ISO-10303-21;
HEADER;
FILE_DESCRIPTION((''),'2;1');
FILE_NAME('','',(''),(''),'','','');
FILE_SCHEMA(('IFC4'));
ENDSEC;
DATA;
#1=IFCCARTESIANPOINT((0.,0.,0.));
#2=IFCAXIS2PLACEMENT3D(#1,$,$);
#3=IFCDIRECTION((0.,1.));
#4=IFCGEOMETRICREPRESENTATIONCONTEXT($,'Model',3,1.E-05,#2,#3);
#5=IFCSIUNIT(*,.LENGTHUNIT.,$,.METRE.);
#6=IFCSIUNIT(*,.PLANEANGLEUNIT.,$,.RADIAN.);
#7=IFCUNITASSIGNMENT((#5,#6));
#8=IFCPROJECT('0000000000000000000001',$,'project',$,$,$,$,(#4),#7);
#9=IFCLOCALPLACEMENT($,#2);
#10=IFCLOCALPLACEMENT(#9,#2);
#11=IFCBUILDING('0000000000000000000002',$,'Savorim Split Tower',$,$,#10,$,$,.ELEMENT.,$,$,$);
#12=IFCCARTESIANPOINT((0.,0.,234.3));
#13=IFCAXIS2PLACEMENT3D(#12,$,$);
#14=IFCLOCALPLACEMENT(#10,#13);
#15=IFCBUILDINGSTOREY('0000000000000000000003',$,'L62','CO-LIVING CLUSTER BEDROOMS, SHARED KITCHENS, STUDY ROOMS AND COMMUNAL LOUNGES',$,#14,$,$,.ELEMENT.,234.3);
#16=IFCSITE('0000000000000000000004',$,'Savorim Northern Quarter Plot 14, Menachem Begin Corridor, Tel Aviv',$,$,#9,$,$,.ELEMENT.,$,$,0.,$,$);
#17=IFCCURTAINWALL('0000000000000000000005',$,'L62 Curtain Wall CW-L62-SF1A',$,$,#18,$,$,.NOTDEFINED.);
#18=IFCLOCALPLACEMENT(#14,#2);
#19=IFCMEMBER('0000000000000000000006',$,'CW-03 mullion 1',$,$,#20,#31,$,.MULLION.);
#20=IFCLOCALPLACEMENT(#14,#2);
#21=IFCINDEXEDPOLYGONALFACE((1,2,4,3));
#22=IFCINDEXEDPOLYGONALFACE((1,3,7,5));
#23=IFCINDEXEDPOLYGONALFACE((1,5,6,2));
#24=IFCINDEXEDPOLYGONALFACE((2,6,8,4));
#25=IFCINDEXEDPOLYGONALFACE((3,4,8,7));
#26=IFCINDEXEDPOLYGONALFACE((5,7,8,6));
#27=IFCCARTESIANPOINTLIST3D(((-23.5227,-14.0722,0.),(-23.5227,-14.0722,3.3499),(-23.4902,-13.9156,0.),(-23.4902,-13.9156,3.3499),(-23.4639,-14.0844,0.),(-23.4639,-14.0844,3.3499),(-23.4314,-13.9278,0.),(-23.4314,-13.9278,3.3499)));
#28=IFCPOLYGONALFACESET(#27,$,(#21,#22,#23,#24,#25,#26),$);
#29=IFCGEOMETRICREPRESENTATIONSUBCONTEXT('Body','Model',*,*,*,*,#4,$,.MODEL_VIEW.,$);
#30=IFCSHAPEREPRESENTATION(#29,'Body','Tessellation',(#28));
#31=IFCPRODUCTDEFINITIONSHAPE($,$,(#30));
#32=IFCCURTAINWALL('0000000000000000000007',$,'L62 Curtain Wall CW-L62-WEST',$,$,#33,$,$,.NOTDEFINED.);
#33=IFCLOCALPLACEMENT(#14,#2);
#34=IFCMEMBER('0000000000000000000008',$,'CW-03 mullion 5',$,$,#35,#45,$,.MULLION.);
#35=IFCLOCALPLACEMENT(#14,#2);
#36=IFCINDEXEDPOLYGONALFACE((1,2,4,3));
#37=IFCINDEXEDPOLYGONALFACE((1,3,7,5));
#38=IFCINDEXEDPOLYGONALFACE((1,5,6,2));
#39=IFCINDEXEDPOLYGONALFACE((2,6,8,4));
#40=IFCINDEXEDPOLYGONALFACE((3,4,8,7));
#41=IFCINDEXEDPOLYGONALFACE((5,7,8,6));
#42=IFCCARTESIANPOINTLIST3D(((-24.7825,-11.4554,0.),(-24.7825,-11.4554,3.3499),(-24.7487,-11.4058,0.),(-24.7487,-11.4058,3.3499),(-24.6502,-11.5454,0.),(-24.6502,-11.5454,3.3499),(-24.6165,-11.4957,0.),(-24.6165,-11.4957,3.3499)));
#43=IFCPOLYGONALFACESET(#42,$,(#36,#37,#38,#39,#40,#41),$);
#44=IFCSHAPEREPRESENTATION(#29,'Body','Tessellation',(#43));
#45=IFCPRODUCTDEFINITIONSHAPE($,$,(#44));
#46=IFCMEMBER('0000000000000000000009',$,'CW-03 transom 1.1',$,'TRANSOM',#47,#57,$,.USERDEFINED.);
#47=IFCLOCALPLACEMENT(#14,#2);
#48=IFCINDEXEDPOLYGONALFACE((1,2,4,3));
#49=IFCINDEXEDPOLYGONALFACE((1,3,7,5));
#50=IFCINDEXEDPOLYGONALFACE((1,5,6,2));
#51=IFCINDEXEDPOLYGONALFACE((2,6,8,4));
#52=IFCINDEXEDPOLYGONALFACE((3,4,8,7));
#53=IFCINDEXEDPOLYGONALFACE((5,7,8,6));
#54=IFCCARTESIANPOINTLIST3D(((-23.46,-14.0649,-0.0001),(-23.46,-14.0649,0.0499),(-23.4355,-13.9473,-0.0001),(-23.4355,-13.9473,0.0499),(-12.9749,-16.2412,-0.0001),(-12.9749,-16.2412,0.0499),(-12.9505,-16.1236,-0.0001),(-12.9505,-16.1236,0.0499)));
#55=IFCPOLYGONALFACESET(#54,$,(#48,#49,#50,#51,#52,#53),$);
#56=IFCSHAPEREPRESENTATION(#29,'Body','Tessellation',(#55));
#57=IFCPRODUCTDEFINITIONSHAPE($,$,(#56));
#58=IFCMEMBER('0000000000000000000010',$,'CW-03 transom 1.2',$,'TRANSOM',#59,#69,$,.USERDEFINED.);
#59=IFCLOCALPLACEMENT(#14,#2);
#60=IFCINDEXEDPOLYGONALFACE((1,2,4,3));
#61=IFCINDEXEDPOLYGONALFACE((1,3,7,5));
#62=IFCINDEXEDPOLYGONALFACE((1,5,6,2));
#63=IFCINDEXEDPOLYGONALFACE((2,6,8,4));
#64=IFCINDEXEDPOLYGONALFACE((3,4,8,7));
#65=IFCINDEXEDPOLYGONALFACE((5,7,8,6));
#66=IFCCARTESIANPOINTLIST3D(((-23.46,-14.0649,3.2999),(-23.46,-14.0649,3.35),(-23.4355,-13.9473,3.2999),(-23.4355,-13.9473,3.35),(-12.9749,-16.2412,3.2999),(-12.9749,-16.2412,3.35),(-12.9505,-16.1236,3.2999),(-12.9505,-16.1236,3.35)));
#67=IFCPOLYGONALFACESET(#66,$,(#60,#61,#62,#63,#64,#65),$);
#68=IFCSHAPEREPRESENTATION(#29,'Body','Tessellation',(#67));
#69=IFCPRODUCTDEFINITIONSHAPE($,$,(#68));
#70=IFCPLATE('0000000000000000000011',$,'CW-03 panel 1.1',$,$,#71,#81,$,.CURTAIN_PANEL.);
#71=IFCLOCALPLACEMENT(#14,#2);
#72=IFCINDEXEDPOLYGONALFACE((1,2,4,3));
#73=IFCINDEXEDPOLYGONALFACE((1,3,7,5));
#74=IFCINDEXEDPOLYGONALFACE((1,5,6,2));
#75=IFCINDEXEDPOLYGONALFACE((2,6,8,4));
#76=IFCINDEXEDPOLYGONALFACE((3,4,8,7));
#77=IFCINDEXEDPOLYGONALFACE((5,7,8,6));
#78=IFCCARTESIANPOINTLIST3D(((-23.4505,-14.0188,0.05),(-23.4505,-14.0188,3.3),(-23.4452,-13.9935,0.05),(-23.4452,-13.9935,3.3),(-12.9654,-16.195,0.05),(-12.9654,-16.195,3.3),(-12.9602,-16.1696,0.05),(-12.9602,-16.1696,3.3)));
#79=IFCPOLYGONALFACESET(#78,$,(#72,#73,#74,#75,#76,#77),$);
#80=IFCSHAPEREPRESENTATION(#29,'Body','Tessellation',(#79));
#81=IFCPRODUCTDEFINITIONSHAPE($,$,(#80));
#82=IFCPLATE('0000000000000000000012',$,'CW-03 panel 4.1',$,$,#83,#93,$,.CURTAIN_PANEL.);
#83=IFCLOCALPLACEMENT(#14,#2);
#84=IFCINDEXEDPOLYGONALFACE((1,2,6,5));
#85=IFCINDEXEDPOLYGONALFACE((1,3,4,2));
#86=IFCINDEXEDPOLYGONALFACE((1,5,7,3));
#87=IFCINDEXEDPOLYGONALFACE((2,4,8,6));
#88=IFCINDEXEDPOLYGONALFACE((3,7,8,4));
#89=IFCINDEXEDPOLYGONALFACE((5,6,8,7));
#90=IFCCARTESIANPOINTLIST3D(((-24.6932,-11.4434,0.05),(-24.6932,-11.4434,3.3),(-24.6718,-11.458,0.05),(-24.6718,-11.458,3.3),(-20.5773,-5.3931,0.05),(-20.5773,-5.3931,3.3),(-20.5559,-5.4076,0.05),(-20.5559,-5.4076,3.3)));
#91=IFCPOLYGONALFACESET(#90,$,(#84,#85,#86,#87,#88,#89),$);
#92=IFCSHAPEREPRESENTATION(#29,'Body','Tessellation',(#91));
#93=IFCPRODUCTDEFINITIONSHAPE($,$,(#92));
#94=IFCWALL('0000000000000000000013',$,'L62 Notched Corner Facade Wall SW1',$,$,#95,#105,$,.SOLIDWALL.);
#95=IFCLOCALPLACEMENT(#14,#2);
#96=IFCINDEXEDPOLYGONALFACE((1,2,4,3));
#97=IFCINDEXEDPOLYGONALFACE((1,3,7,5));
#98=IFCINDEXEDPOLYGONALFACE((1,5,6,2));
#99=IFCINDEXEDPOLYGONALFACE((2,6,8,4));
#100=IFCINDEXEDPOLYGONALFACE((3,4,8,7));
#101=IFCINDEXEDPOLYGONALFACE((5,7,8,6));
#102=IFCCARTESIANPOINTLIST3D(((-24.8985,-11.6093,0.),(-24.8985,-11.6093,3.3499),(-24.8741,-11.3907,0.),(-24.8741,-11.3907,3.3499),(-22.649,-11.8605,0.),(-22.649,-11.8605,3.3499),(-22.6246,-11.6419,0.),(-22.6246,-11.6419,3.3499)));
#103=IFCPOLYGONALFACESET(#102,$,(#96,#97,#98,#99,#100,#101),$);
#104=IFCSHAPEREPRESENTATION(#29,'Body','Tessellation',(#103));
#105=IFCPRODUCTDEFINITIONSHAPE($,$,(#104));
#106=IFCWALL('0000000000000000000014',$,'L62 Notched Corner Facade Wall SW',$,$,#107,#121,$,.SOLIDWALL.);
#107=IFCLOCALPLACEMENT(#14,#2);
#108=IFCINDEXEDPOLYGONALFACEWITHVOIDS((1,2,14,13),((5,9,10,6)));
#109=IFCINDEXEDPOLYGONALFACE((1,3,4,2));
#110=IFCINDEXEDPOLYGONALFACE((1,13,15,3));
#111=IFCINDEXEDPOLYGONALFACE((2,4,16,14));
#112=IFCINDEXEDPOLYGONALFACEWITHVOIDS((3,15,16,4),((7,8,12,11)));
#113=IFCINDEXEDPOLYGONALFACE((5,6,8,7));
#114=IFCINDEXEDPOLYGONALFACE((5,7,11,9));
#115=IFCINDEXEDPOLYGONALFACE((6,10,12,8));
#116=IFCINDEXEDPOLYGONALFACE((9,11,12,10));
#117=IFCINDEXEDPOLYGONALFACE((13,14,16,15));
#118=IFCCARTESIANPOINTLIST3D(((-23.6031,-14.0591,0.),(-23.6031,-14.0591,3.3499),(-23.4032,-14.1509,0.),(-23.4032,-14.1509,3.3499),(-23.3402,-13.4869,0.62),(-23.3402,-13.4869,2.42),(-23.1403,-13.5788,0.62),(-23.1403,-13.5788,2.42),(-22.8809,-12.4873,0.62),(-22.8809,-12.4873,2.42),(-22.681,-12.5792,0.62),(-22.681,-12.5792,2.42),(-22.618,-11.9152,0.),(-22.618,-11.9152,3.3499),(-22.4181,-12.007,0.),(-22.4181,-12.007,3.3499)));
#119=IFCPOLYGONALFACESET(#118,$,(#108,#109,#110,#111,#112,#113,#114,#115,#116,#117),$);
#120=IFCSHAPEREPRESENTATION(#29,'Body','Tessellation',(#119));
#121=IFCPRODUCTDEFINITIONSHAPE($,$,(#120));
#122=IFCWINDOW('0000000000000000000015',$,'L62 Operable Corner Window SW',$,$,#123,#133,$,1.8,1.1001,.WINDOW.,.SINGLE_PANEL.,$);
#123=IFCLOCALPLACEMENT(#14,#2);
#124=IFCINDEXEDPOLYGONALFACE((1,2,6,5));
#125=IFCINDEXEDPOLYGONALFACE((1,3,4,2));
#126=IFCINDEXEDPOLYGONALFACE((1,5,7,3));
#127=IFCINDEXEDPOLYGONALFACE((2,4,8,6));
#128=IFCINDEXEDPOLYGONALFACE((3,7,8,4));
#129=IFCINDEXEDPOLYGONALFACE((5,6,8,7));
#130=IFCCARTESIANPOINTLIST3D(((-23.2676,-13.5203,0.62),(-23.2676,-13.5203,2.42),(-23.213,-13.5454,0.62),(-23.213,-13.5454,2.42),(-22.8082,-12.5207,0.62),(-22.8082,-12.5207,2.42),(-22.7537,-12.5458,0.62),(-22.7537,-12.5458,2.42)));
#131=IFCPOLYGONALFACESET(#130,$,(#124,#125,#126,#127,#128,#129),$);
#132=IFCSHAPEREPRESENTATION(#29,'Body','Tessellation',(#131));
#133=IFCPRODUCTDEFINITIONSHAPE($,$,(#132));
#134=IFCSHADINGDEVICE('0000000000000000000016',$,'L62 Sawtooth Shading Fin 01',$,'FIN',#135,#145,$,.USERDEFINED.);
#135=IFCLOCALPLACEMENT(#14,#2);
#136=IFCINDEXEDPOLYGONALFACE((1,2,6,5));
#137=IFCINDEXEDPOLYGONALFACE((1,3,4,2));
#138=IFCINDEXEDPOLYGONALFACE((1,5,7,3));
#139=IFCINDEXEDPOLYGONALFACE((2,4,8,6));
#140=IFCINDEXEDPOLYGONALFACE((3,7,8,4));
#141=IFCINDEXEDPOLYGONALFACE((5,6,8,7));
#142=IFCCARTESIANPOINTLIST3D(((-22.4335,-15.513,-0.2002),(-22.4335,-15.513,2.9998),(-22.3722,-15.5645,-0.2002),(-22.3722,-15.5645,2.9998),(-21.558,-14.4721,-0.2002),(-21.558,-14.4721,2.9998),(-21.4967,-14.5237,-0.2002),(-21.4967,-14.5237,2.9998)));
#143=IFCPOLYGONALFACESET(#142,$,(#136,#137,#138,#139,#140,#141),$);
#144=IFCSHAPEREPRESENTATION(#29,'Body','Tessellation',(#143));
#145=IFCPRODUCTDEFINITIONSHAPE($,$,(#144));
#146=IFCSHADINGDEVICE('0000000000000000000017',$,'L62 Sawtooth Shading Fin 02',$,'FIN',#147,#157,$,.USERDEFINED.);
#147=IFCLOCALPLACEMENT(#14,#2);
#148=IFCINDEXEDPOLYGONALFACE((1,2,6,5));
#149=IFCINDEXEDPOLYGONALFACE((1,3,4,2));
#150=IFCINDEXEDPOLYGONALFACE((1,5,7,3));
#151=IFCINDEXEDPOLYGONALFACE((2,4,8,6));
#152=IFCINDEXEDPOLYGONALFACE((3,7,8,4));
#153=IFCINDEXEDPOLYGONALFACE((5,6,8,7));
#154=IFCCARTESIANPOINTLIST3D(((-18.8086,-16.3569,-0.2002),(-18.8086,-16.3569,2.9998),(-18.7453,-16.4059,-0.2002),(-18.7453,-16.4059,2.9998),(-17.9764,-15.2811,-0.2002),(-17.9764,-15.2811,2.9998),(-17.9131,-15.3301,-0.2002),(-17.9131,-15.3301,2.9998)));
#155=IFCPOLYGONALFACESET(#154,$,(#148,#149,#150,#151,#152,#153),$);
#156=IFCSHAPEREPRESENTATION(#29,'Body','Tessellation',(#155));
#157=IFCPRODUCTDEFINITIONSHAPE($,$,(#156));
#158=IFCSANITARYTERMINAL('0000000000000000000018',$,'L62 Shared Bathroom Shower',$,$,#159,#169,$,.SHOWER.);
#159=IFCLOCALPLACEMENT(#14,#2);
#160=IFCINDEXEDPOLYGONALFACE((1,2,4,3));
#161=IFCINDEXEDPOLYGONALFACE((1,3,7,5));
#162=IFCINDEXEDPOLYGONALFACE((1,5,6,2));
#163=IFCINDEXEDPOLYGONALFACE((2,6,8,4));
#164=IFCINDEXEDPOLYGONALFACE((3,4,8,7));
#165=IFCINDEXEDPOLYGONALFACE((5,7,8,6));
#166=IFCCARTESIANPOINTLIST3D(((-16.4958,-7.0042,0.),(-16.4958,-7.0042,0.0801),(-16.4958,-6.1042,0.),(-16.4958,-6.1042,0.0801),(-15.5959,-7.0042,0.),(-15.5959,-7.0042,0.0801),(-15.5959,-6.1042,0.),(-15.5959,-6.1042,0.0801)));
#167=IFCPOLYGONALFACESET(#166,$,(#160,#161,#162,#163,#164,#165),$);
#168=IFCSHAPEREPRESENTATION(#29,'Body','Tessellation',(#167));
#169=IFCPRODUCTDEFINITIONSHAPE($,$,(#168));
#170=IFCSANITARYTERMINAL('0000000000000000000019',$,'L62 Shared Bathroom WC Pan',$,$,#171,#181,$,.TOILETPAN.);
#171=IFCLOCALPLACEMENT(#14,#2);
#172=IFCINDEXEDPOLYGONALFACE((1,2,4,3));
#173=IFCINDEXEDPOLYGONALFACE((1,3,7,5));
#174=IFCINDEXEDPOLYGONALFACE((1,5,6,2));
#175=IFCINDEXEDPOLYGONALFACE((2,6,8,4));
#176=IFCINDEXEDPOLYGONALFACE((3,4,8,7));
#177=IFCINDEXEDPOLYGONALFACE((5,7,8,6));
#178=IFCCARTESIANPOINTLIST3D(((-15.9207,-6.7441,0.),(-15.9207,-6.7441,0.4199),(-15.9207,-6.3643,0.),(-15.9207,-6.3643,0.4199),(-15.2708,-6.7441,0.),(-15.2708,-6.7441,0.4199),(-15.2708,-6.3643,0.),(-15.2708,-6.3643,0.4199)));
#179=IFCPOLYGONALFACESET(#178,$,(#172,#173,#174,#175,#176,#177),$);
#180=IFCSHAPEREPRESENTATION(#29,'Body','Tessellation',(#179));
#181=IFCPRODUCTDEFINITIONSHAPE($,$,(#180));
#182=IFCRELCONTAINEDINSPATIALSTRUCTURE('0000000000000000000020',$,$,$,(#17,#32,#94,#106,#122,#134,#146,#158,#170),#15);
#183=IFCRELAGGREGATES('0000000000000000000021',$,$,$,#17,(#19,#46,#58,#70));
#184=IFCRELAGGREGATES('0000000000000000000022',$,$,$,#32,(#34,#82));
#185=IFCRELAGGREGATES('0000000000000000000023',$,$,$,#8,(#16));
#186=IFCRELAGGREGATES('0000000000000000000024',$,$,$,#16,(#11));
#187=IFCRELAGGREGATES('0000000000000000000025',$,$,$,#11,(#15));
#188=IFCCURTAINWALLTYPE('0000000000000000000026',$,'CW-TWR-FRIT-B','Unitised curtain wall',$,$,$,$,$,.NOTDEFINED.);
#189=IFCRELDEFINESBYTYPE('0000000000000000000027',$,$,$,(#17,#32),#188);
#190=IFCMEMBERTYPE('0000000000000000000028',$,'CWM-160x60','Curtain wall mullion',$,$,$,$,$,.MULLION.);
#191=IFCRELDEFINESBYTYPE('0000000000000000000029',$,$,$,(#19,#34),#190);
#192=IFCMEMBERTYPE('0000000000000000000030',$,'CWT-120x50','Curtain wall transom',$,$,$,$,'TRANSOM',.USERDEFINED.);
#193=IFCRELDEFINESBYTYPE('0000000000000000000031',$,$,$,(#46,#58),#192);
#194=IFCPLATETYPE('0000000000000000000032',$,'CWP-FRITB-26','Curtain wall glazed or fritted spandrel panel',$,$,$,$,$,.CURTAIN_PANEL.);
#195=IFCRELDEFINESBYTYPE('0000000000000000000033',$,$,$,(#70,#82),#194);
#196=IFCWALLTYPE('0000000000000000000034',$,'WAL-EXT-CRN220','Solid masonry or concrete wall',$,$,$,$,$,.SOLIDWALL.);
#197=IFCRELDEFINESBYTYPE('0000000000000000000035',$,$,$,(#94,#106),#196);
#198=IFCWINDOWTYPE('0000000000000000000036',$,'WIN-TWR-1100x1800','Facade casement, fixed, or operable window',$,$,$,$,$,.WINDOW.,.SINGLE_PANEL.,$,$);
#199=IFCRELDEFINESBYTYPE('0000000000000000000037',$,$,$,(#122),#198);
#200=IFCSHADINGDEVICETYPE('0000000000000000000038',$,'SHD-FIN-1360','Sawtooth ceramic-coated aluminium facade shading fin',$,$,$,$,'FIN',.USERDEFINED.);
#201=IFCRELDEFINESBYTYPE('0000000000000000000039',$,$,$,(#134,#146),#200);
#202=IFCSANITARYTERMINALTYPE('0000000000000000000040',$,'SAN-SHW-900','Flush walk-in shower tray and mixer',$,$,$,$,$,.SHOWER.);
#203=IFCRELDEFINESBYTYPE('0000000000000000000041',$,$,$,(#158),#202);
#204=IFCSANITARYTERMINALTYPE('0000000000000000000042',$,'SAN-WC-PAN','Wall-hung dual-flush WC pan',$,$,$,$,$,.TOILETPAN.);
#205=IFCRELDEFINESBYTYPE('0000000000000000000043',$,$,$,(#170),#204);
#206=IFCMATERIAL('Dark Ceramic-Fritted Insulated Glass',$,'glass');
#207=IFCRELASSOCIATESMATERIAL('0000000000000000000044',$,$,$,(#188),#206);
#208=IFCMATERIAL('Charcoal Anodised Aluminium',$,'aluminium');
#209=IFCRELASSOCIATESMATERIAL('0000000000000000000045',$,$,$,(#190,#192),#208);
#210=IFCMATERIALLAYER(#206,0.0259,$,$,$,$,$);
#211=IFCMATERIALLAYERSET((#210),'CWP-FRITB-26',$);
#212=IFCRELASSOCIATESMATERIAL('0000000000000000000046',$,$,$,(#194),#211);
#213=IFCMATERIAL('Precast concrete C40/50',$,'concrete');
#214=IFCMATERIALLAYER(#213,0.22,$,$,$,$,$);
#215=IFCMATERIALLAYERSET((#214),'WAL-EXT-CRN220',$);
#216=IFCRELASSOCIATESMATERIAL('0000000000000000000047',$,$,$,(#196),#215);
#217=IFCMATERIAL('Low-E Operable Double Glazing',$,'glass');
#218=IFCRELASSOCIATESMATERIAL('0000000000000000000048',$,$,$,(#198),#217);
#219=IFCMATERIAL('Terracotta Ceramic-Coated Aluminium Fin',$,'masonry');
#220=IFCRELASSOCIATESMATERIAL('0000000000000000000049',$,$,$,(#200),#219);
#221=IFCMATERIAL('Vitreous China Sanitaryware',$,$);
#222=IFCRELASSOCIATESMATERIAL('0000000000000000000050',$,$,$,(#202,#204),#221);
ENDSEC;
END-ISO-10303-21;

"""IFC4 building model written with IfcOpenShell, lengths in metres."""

from ifc_helpers import new_model, si_unit, direction, frame, frame_2d, origin, origin_2d, place, context, subcontext, project, spatial, rectangle, extrude, material, layer, layer_set, material_profile, profile_set, type_object, element, fill, aggregate, save


model = new_model("IFC4")

# Units and contexts
model_context = context("Model", 3, precision=1e-05, world=origin(), true_north=direction((0.0, 1.0)))
body_context = subcontext(model_context, "Body", "Model", "MODEL_VIEW")
ifc_project = project(units=[si_unit("LENGTHUNIT", "METRE"), si_unit("PLANEANGLEUNIT", "RADIAN")], contexts=[model_context])

# Site, building, storey
site_placement = place(None, origin())
site = spatial("IfcSite", under=ifc_project, at=site_placement, Name="Savorim Northern Quarter Plot 14, Menachem Begin Corridor, Tel Aviv", CompositionType="ELEMENT", RefElevation=0.0)
building_placement = place(site_placement, origin())
building = spatial("IfcBuilding", under=site, at=building_placement, Name="Savorim Split Tower", CompositionType="ELEMENT")
storey_placement = place(building_placement, frame((0.0, 0.0, 234.3)))
storey = spatial("IfcBuildingStorey", under=building, at=storey_placement, Name="L62", Description="CO-LIVING CLUSTER BEDROOMS, SHARED KITCHENS, STUDY ROOMS AND COMMUNAL LOUNGES", CompositionType="ELEMENT", Elevation=234.3)

# Curtain walls, members
ifc_material_1 = material(Name="Dark Ceramic-Fritted Insulated Glass", Category="glass")
curtain_wall_type = type_object("IfcCurtainWallType", Name="CW-TWR-FRIT-B", Description="Unitised curtain wall", PredefinedType="NOTDEFINED", material=ifc_material_1)
curtain_wall_1_placement = place(storey_placement, origin())
curtain_wall_1 = element("IfcCurtainWall", 1, at=curtain_wall_1_placement, inside=storey, type_object=curtain_wall_type, Name="L62 Curtain Wall CW-L62-SF1A", PredefinedType="NOTDEFINED")
ifc_material_2 = material(Name="Charcoal Anodised Aluminium", Category="aluminium")
ifc_material_profile_1 = material_profile(ifc_material_2, rectangle(XDim=0.1599, YDim=0.0601, at=origin_2d()), Name="ALU-M 160x60")
ifc_profile_set_1 = profile_set([ifc_material_profile_1], Name="Charcoal Anodised Aluminium")
member_type_1 = type_object("IfcMemberType", Name="CWM-160x60", Description="Curtain wall mullion", PredefinedType="MULLION", material=ifc_profile_set_1)
member_1_placement = place(storey_placement, frame((-23.4771, -14.0, 0.0), z_axis=(0.0, 0.0, 1.0), x_axis=(0.203215, 0.979134, 0.0)))
member_1 = element("IfcMember", 2, at=member_1_placement, type_object=member_type_1, Name="CW-03 mullion 1", PredefinedType="MULLION", context=body_context, shape_type="SweptSolid", body=[
    extrude(rectangle(XDim=0.1599, YDim=0.0601, at=origin_2d()), origin(), (0.0, 0.0, 1.0), 3.3499),
])
curtain_wall_2_placement = place(storey_placement, origin())
curtain_wall_2 = element("IfcCurtainWall", 3, at=curtain_wall_2_placement, inside=storey, type_object=curtain_wall_type, Name="L62 Curtain Wall CW-L62-WEST", PredefinedType="NOTDEFINED")
member_2_placement = place(storey_placement, frame((-24.6995, -11.4756, 0.0), z_axis=(0.0, 0.0, 1.0), x_axis=(0.82682, -0.562467, 0.0)))
member_2 = element("IfcMember", 4, at=member_2_placement, type_object=member_type_1, Name="CW-03 mullion 5", PredefinedType="MULLION", context=body_context, shape_type="SweptSolid", body=[
    extrude(rectangle(XDim=0.1599, YDim=0.0601, at=origin_2d()), origin(), (0.0, 0.0, 1.0), 3.3499),
])

# Members
ifc_material_profile_2 = material_profile(ifc_material_2, rectangle(XDim=0.1201, YDim=0.05, at=origin_2d()), Name="ALU-T 120x50")
ifc_profile_set_2 = profile_set([ifc_material_profile_2], Name="Charcoal Anodised Aluminium")
member_type_2 = type_object("IfcMemberType", Name="CWT-120x50", Description="Curtain wall transom", ElementType="TRANSOM", PredefinedType="USERDEFINED", material=ifc_profile_set_2)
member_3_placement = place(storey_placement, frame((-23.4478, -14.0061, 0.0249), z_axis=(0.979132, -0.203227, 0.0), x_axis=(0.203227, 0.979132, 0.0)))
member_3 = element("IfcMember", 5, at=member_3_placement, type_object=member_type_2, Name="CW-03 transom 1.1", ObjectType="TRANSOM", PredefinedType="USERDEFINED", context=body_context, shape_type="SweptSolid", body=[
    extrude(rectangle(XDim=0.1201, YDim=0.05, at=origin_2d()), origin(), (0.0, 0.0, 1.0), 10.7085),
])
member_4_placement = place(storey_placement, frame((-23.4478, -14.0061, 3.325), z_axis=(0.979132, -0.203227, 0.0), x_axis=(0.203227, 0.979132, 0.0)))
member_4 = element("IfcMember", 6, at=member_4_placement, type_object=member_type_2, Name="CW-03 transom 1.2", ObjectType="TRANSOM", PredefinedType="USERDEFINED", context=body_context, shape_type="SweptSolid", body=[
    extrude(rectangle(XDim=0.1201, YDim=0.05, at=origin_2d()), origin(), (0.0, 0.0, 1.0), 10.7085),
])

# Plates
ifc_layer_1 = layer(ifc_material_1, 0.0259)
ifc_layer_set_1 = layer_set([ifc_layer_1], Name="CWP-FRITB-26")
plate_type = type_object("IfcPlateType", Name="CWP-FRITB-26", Description="Curtain wall glazed or fritted spandrel panel", PredefinedType="CURTAIN_PANEL", material=ifc_layer_set_1)
plate_1_placement = place(storey_placement, frame((-18.2053, -15.0942, 0.05), z_axis=(0.0, 0.0, 1.0), x_axis=(0.979134, -0.203215, 0.0)))
plate_1 = element("IfcPlate", 7, at=plate_1_placement, type_object=plate_type, Name="CW-03 panel 1.1", PredefinedType="CURTAIN_PANEL", context=body_context, shape_type="SweptSolid", body=[
    extrude(rectangle(XDim=10.7085, YDim=0.0259, at=origin_2d()), origin(), (0.0, 0.0, 1.0), 3.25),
])
aggregate(curtain_wall_1, [member_1, member_3, member_4, plate_1])
plate_2_placement = place(storey_placement, frame((-22.6245, -8.4255, 0.05), z_axis=(0.0, 0.0, 1.0), x_axis=(-0.562467, -0.82682, 0.0)))
plate_2 = element("IfcPlate", 8, at=plate_2_placement, type_object=plate_type, Name="CW-03 panel 4.1", PredefinedType="CURTAIN_PANEL", context=body_context, shape_type="SweptSolid", body=[
    extrude(rectangle(XDim=7.3176, YDim=0.0259, at=origin_2d()), origin(), (0.0, 0.0, 1.0), 3.25),
])
aggregate(curtain_wall_2, [member_2, plate_2])

# Wall
ifc_material_3 = material(Name="Precast concrete C40/50", Category="concrete")
ifc_layer_2 = layer(ifc_material_3, 0.22)
ifc_layer_set_2 = layer_set([ifc_layer_2], Name="WAL-EXT-CRN220")
wall_type = type_object("IfcWallType", Name="WAL-EXT-CRN220", Description="Solid masonry or concrete wall", PredefinedType="SOLIDWALL", material=ifc_layer_set_2)
wall_1_placement = place(storey_placement, frame((-22.6367, -11.7512, 0.0), z_axis=(0.0, 0.0, 1.0), x_axis=(-0.993822, 0.110988, 0.0)))
element("IfcWall", 9, at=wall_1_placement, inside=storey, type_object=wall_type, Name="L62 Notched Corner Facade Wall SW1", PredefinedType="SOLIDWALL", context=body_context, shape_type="SweptSolid", body=[
    extrude(rectangle(XDim=2.2634, YDim=0.22, at=frame_2d((1.1318, 0.0))), origin(), (0.0, 0.0, 1.0), 3.3499),
])

# Wall, opening, window
wall_2_placement = place(storey_placement, frame((-23.5032, -14.105, 0.0), z_axis=(0.0, 0.0, 1.0), x_axis=(0.417542, 0.908658, 0.0)))
wall_2 = element("IfcWall", 10, at=wall_2_placement, inside=storey, type_object=wall_type, Name="L62 Notched Corner Facade Wall SW", PredefinedType="SOLIDWALL", context=body_context, shape_type="SweptSolid", body=[
    extrude(rectangle(XDim=2.3594, YDim=0.22, at=frame_2d((1.1797, 0.0))), origin(), (0.0, 0.0, 1.0), 3.3499),
])
opening_placement = place(wall_2_placement, frame((0.6296, 0.0, 0.6201)))
opening = element("IfcOpeningElement", 11, at=opening_placement, cuts=wall_2, PredefinedType="OPENING", context=body_context, shape_type="SweptSolid", body=[
    extrude(rectangle(XDim=1.1001, YDim=1.8, at=frame_2d((0.55, 0.8999))), frame((0.0, 0.1199, 0.0), z_axis=(0.0, -1.0, 0.0), x_axis=(1.0, 0.0, 0.0)), (0.0, 0.0, 1.0), 0.24),
])
ifc_material_4 = material(Name="Low-E Operable Double Glazing", Category="glass")
window_type = type_object("IfcWindowType", Name="WIN-TWR-1100x1800", Description="Facade casement, fixed, or operable window", PartitioningType="SINGLE_PANEL", PredefinedType="WINDOW", material=ifc_material_4)
window_placement = place(opening_placement, origin())
window = element("IfcWindow", 12, at=window_placement, inside=storey, type_object=window_type, Name="L62 Operable Corner Window SW", OverallHeight=1.8, OverallWidth=1.1001, PartitioningType="SINGLE_PANEL", PredefinedType="WINDOW", context=body_context, shape_type="SweptSolid", body=[
    extrude(rectangle(XDim=1.1001, YDim=1.8, at=frame_2d((0.55, 0.8999))), frame((0.0, 0.03, 0.0), z_axis=(0.0, -1.0, 0.0), x_axis=(1.0, 0.0, 0.0)), (0.0, 0.0, 1.0), 0.0601),
])
fill(opening, window)

# Shading devices
ifc_material_5 = material(Name="Terracotta Ceramic-Coated Aluminium Fin", Category="masonry")
shading_device_type = type_object("IfcShadingDeviceType", Name="SHD-FIN-1360", Description="Sawtooth ceramic-coated aluminium facade shading fin", ElementType="FIN", PredefinedType="USERDEFINED", material=ifc_material_5)
for number, where, z_axis, x_axis, name in (
    (13, (-21.9651, -15.0183, -0.2002), (0.0, 0.0, 1.0), (-0.643719, -0.765262, 0.0), "L62 Sawtooth Shading Fin 01"),
    (14, (-18.3608, -15.8435, -0.2002), (0.0, 0.0, 1.0), (-0.611868, -0.79096, 0.0), "L62 Sawtooth Shading Fin 02"),
):
    element("IfcShadingDevice", number, at=place(storey_placement, frame(where, z_axis=z_axis, x_axis=x_axis)), inside=storey, type_object=shading_device_type, Name=name, ObjectType="FIN", PredefinedType="USERDEFINED", context=body_context, shape_type="SweptSolid", body=[
        extrude(rectangle(XDim=1.3601, YDim=0.0801, at=origin_2d()), origin(), (0.0, 0.0, 1.0), 3.2),
    ])

# Sanitary terminals
ifc_material_6 = material(Name="Vitreous China Sanitaryware")
sanitary_terminal_type_1 = type_object("IfcSanitaryTerminalType", Name="SAN-SHW-900", Description="Flush walk-in shower tray and mixer", PredefinedType="SHOWER", material=ifc_material_6)
sanitary_terminal_1_placement = place(storey_placement, frame((-16.0459, -6.5542, 0.0), z_axis=(0.0, 0.0, 1.0), x_axis=(1.0, 0.0, 0.0)))
element("IfcSanitaryTerminal", 15, at=sanitary_terminal_1_placement, inside=storey, type_object=sanitary_terminal_type_1, Name="L62 Shared Bathroom Shower", PredefinedType="SHOWER", context=body_context, shape_type="SweptSolid", body=[
    extrude(rectangle(XDim=0.8999, YDim=0.8999, at=origin_2d()), origin(), (0.0, 0.0, 1.0), 0.0801),
])
sanitary_terminal_type_2 = type_object("IfcSanitaryTerminalType", Name="SAN-WC-PAN", Description="Wall-hung dual-flush WC pan", PredefinedType="TOILETPAN", material=ifc_material_6)
sanitary_terminal_2_placement = place(storey_placement, frame((-15.5957, -6.5542, 0.0), z_axis=(0.0, 0.0, 1.0), x_axis=(1.0, 0.0, 0.0)))
element("IfcSanitaryTerminal", 16, at=sanitary_terminal_2_placement, inside=storey, type_object=sanitary_terminal_type_2, Name="L62 Shared Bathroom WC Pan", PredefinedType="TOILETPAN", context=body_context, shape_type="SweptSolid", body=[
    extrude(rectangle(XDim=0.6499, YDim=0.3799, at=origin_2d()), origin(), (0.0, 0.0, 1.0), 0.4199),
])

save(model, "model.ifc")
